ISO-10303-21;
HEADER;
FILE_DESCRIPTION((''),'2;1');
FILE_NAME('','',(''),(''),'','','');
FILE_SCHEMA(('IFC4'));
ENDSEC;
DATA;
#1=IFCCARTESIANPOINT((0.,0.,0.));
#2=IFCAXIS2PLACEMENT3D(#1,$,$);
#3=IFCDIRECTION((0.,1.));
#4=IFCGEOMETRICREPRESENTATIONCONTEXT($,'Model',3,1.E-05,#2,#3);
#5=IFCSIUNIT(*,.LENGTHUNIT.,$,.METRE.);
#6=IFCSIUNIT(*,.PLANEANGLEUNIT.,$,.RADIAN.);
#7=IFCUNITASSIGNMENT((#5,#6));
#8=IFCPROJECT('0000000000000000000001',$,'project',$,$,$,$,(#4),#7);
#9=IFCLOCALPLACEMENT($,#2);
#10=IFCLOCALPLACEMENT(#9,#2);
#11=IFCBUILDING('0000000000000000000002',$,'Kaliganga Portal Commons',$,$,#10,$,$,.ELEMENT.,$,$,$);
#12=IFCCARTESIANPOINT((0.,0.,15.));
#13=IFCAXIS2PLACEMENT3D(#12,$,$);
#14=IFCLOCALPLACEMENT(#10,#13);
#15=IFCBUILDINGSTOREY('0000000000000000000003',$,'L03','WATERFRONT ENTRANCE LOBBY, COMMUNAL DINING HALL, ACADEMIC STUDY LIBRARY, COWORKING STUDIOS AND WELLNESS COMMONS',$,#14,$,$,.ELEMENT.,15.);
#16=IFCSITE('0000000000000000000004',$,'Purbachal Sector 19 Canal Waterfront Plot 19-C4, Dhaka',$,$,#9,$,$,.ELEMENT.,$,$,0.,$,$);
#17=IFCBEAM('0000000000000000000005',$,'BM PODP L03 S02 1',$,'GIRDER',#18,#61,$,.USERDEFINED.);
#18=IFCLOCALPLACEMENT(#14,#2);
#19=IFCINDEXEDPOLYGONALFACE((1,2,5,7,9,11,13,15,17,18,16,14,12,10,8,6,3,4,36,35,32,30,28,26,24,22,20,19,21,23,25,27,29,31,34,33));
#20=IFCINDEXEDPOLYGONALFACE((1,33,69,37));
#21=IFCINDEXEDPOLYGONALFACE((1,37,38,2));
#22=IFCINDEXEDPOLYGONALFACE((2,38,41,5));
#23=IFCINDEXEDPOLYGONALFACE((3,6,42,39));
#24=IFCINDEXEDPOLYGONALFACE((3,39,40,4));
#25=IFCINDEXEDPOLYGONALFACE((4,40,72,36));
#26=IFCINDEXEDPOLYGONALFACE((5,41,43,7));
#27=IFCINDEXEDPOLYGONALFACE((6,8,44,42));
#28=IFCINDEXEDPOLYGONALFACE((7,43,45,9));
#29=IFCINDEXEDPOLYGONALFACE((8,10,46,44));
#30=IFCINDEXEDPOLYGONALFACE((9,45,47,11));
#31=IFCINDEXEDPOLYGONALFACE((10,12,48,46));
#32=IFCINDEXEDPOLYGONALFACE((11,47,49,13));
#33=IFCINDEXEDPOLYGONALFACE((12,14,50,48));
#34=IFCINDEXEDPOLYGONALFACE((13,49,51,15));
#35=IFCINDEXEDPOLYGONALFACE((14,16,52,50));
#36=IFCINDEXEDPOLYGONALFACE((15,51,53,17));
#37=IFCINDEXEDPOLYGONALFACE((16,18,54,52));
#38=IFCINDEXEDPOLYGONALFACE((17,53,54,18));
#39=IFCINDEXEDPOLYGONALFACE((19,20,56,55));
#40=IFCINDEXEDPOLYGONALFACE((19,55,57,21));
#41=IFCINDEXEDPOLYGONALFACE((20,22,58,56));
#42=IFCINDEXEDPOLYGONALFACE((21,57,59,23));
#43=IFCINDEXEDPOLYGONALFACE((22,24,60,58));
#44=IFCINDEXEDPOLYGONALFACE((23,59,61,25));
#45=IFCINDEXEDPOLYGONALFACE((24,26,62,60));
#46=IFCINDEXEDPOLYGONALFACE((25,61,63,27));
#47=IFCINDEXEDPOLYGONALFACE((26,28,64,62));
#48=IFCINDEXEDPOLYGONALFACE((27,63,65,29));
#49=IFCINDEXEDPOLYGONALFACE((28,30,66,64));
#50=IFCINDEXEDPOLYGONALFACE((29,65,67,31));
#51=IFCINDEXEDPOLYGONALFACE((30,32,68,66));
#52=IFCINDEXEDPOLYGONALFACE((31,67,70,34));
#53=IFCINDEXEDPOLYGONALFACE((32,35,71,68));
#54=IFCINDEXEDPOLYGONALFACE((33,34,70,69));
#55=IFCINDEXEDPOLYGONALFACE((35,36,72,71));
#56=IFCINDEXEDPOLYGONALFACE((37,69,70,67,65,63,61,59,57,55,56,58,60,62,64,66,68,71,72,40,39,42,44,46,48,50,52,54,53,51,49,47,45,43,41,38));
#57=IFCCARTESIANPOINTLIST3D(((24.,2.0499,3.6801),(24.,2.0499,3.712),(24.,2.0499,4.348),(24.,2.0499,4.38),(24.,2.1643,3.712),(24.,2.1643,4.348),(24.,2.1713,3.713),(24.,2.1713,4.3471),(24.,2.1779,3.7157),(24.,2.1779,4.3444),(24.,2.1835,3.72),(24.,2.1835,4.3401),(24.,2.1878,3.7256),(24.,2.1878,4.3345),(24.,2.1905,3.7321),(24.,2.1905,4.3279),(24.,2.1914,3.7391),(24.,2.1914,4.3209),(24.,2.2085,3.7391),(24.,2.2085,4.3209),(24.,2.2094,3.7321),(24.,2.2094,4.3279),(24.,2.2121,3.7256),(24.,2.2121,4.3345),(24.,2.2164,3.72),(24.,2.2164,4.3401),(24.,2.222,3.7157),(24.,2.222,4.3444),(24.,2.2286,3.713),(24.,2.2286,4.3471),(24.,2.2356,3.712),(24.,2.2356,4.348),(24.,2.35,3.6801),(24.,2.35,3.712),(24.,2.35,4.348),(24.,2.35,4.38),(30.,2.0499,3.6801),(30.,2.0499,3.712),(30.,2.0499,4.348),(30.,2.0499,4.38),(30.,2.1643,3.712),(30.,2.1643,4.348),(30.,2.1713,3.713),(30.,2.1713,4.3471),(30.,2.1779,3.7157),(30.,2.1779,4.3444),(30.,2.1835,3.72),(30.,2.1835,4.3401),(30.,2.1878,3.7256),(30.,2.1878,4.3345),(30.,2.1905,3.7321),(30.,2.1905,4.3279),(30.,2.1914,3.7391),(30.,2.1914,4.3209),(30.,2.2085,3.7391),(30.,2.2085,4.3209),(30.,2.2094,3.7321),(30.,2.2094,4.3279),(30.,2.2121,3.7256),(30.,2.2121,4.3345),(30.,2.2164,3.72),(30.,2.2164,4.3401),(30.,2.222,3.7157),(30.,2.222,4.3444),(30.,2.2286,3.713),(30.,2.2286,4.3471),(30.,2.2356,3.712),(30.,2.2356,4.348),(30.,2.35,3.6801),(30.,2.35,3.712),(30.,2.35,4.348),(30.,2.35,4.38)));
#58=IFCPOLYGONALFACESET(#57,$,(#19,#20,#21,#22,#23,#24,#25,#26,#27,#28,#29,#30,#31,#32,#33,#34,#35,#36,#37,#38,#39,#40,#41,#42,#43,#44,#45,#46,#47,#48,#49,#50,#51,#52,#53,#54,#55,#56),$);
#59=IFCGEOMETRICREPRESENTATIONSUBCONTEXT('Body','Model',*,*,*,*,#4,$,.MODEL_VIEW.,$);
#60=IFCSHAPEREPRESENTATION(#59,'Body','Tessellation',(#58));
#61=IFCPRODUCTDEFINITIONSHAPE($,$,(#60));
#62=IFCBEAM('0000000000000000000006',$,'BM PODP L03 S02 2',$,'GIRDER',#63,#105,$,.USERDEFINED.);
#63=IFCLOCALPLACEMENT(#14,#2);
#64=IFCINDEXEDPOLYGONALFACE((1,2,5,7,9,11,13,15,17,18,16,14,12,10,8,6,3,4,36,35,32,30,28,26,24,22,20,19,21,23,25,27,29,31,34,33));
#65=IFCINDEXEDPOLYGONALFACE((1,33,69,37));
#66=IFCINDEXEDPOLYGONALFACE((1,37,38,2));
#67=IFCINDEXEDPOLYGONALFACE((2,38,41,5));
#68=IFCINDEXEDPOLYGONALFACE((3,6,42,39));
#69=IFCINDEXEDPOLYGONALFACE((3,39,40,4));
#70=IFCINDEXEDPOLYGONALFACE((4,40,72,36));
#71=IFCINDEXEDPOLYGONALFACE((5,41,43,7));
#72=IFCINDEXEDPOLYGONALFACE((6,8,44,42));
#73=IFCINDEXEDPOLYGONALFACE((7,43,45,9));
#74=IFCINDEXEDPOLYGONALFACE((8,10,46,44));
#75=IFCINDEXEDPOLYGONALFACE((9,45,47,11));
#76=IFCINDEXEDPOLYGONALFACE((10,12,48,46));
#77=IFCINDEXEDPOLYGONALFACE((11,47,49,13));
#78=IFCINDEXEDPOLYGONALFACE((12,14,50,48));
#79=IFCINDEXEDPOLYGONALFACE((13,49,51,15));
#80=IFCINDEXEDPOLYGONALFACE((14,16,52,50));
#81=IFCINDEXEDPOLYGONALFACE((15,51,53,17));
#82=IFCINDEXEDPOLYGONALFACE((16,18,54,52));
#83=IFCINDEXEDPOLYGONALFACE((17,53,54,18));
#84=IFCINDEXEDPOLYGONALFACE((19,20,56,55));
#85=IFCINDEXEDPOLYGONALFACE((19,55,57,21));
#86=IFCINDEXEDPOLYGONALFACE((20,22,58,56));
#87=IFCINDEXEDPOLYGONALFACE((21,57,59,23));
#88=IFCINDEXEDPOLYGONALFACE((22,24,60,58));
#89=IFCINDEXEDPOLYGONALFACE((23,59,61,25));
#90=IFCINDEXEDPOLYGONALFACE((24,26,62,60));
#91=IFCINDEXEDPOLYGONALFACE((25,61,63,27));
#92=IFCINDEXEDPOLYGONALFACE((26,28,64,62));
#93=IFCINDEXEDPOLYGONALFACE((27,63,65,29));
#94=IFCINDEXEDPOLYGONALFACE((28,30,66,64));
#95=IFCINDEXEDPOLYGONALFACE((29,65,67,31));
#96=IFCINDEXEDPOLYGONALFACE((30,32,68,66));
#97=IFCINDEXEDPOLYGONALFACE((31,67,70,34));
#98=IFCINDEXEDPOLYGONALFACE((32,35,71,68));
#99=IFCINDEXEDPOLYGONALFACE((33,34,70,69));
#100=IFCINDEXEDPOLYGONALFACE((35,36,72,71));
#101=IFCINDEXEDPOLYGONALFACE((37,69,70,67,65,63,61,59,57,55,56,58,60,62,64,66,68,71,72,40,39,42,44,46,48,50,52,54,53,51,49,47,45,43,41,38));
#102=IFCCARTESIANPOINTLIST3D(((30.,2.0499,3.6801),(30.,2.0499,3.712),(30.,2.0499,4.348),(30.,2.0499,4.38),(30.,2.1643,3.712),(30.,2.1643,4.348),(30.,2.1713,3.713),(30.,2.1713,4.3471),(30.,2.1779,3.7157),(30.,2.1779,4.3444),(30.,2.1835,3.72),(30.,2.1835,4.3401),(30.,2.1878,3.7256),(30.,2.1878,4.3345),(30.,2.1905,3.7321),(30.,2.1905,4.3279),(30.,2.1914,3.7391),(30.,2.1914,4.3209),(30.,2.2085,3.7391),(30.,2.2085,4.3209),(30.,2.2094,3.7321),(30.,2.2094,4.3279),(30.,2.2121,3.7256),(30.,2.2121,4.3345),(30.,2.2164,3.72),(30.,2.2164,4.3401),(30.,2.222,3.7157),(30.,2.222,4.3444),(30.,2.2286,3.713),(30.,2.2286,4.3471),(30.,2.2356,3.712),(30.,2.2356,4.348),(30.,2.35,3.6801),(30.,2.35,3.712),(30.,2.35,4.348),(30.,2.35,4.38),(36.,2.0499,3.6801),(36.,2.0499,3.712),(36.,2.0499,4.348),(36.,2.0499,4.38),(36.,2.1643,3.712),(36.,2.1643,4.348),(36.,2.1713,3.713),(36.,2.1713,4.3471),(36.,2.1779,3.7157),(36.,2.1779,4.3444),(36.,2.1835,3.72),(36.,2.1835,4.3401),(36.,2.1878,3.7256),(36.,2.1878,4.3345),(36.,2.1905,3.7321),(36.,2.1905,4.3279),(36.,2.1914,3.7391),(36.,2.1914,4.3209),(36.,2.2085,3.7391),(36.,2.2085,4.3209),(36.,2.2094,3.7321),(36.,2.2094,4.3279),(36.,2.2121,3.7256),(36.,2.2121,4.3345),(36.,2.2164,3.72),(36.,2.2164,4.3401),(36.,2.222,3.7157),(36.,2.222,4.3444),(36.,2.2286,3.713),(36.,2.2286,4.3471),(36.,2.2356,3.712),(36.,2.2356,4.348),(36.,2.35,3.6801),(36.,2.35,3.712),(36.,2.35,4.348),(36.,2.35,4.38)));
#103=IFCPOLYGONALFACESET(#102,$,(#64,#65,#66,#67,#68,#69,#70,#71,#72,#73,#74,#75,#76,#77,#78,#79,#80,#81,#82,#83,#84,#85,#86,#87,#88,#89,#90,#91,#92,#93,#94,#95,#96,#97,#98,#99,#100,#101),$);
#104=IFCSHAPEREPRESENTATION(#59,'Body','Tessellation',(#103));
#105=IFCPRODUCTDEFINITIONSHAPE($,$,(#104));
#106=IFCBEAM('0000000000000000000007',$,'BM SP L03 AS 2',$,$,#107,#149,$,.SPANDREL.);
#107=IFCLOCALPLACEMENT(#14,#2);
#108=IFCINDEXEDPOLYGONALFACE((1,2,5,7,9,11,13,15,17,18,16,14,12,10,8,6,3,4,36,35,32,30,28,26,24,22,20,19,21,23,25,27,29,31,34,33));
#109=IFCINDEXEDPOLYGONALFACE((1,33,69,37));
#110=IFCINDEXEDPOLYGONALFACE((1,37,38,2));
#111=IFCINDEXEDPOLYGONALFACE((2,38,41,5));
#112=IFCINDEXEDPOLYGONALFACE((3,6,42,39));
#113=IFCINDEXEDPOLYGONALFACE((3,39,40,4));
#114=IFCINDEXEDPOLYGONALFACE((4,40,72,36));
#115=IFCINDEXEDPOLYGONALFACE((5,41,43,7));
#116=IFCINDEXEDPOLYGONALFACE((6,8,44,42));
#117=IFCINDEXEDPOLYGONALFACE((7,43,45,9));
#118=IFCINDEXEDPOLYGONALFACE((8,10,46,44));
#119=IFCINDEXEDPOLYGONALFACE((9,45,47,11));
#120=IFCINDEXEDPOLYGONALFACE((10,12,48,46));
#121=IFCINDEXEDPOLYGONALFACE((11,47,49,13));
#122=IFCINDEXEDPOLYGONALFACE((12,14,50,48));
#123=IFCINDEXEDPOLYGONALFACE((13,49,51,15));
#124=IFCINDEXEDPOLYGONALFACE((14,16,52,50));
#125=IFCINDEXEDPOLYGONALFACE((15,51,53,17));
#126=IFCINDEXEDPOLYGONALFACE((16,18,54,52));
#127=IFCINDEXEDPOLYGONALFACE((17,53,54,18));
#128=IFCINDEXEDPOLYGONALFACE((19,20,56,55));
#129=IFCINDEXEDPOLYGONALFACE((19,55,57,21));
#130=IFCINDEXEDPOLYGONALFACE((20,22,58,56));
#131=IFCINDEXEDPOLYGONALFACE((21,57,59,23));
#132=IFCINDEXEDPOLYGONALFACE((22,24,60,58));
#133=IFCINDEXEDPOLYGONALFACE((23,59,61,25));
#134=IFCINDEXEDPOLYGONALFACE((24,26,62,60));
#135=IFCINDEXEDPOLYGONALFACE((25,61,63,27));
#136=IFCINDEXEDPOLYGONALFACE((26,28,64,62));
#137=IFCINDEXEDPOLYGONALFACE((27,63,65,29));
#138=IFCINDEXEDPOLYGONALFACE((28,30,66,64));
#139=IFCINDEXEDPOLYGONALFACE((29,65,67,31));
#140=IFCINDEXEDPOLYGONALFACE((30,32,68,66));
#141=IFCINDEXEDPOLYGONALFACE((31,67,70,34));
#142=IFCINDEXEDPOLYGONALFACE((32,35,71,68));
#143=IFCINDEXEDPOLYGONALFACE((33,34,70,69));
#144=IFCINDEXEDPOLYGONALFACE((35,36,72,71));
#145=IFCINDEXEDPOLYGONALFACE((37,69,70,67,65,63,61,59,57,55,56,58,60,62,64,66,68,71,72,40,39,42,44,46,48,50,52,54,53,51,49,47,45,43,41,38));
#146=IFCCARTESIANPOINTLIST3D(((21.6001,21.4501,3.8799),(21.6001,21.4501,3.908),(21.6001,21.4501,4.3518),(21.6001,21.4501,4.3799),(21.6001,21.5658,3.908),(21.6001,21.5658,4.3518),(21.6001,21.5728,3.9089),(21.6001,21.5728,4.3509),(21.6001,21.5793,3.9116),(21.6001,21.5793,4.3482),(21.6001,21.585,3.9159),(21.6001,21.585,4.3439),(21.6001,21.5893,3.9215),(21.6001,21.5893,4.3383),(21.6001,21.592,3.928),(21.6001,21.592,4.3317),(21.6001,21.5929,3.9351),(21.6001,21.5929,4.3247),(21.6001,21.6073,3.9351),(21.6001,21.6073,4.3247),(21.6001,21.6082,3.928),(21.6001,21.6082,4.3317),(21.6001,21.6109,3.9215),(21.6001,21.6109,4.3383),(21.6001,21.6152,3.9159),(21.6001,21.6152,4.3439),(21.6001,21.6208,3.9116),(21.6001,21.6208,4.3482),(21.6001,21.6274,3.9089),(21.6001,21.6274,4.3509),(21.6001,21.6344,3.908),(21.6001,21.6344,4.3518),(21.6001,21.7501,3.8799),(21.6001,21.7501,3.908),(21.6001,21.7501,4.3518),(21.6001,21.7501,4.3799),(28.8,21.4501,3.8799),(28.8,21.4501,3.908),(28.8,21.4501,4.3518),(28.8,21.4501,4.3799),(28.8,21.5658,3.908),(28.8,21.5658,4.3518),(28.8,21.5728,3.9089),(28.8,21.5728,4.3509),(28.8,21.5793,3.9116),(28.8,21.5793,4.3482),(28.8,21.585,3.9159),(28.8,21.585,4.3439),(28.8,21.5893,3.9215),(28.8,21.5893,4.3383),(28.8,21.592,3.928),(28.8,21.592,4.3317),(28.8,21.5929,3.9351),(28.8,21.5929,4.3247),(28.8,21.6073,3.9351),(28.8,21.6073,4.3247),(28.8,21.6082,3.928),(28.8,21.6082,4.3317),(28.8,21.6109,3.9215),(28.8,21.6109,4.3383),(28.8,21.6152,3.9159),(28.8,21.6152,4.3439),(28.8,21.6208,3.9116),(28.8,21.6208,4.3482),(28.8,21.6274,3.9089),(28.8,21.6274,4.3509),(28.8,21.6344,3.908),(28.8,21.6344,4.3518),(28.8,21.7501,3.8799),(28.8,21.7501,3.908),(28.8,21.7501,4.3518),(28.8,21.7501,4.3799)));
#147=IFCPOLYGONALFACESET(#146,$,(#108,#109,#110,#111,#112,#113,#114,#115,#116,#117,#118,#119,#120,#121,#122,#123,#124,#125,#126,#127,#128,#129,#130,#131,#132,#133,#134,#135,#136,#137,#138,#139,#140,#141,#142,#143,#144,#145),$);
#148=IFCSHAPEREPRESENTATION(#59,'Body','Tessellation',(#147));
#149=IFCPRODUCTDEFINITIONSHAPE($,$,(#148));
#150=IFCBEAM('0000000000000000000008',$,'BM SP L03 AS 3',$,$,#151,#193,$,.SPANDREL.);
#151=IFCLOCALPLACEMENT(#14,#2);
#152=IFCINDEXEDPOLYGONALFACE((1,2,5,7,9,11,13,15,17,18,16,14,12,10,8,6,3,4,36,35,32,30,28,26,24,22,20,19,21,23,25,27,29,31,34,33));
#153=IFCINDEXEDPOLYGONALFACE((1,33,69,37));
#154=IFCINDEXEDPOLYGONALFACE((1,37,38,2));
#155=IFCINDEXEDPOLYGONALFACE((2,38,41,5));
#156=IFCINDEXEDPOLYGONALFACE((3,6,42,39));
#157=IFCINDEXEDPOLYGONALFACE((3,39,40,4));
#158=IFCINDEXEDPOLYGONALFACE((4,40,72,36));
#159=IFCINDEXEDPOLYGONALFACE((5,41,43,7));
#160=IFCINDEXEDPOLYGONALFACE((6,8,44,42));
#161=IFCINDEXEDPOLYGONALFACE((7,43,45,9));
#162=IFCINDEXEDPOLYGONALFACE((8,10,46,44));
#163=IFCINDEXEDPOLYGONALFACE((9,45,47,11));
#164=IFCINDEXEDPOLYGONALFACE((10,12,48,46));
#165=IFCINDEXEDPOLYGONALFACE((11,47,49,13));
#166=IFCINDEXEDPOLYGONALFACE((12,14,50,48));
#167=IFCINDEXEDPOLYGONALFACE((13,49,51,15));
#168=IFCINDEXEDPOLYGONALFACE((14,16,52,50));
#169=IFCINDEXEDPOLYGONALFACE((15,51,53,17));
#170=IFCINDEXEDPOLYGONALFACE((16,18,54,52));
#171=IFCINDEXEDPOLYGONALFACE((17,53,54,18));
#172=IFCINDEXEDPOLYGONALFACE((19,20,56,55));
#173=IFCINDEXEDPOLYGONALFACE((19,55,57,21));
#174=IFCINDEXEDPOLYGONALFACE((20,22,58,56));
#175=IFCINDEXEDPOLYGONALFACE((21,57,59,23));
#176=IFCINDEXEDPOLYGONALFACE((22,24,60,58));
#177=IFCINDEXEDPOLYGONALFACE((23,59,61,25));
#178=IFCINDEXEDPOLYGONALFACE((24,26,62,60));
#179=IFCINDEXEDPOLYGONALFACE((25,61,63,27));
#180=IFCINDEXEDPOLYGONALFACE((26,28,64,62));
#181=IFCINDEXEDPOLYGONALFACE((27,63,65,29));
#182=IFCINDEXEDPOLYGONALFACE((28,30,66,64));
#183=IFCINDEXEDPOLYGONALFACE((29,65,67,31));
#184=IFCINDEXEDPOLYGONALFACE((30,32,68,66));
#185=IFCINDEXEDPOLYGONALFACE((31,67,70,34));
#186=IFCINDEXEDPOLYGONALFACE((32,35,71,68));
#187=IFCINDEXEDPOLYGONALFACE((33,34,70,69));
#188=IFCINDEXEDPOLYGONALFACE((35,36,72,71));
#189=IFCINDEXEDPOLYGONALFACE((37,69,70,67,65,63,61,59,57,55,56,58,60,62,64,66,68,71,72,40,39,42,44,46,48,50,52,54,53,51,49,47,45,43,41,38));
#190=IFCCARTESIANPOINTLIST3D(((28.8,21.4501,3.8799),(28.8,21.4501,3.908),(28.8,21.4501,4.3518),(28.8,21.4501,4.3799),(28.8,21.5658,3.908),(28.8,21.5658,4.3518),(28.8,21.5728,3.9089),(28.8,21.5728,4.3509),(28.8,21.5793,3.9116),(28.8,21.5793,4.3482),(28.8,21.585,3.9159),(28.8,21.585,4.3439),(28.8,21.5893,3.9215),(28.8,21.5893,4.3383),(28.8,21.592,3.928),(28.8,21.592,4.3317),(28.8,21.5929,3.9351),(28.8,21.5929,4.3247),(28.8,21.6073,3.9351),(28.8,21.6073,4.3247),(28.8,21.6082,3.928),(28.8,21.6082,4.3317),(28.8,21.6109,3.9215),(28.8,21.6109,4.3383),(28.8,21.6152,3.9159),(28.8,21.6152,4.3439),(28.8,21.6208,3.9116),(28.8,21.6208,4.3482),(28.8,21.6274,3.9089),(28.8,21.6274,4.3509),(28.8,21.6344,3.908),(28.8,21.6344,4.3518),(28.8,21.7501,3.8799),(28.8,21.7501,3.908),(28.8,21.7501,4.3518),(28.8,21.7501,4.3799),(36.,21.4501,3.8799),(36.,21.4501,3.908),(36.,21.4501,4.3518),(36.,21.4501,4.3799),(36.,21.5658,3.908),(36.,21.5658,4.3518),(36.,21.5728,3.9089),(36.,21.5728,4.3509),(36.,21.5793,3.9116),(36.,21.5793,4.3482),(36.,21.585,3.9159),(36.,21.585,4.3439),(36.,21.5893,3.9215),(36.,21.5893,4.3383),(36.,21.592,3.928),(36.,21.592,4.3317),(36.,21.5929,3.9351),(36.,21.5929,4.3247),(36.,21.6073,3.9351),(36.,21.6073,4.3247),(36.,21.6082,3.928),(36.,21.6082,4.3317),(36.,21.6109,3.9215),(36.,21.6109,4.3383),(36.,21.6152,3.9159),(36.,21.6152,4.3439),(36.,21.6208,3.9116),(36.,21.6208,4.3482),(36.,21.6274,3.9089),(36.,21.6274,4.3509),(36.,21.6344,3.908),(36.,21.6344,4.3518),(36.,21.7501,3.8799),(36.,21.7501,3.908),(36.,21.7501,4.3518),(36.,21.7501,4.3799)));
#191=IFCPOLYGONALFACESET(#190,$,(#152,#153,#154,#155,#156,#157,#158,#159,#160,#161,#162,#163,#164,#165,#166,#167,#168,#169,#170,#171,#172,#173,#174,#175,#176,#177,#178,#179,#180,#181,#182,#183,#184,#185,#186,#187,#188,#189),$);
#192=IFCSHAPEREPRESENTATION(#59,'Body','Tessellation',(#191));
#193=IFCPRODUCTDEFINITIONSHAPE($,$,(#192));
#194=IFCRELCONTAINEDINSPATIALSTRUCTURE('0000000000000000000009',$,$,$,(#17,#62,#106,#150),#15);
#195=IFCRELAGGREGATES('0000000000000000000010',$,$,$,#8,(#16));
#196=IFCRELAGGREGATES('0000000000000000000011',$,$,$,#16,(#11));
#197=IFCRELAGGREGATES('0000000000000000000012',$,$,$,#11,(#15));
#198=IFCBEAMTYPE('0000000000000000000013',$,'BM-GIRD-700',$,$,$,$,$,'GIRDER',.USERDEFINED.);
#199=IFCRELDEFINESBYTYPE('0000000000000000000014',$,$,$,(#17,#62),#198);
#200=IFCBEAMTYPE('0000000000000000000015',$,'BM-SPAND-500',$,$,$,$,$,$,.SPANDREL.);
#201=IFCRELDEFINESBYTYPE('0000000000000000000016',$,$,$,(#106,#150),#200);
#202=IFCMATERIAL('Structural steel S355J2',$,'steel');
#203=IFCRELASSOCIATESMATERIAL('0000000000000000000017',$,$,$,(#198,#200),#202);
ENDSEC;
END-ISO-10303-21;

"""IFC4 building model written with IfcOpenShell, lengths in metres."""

from ifc_helpers import new_model, si_unit, direction, frame, origin, origin_2d, place, context, subcontext, project, spatial, i_section, extrude, source, transform, mapped, material, material_profile, profile_set, type_object, element, save


model = new_model("IFC4")

# Units and contexts
model_context = context("Model", 3, precision=1e-05, world=origin(), true_north=direction((0.0, 1.0)))
body_context = subcontext(model_context, "Body", "Model", "MODEL_VIEW")
ifc_project = project(units=[si_unit("LENGTHUNIT", "METRE"), si_unit("PLANEANGLEUNIT", "RADIAN")], contexts=[model_context])

# Site, building, storey
site_placement = place(None, origin())
site = spatial("IfcSite", under=ifc_project, at=site_placement, Name="Purbachal Sector 19 Canal Waterfront Plot 19-C4, Dhaka", CompositionType="ELEMENT", RefElevation=0.0)
building_placement = place(site_placement, origin())
building = spatial("IfcBuilding", under=site, at=building_placement, Name="Kaliganga Portal Commons", CompositionType="ELEMENT")
storey_placement = place(building_placement, frame((0.0, 0.0, 15.0)))
storey = spatial("IfcBuildingStorey", under=building, at=storey_placement, Name="L03", Description="WATERFRONT ENTRANCE LOBBY, COMMUNAL DINING HALL, ACADEMIC STUDY LIBRARY, COWORKING STUDIOS AND WELLNESS COMMONS", CompositionType="ELEMENT", Elevation=15.0)

# Beams
ifc_material_1 = material(Name="Structural steel S355J2", Category="steel")
ifc_material_profile_1 = material_profile(ifc_material_1, i_section(OverallWidth=0.3, OverallDepth=0.7, WebThickness=0.0171, FlangeThickness=0.032, FilletRadius=0.0271, at=origin_2d()), Name="HE 700 B")
ifc_profile_set_1 = profile_set([ifc_material_profile_1], Name="Structural steel S355J2 wide-flange")
beam_type_1 = type_object("IfcBeamType", Name="BM-GIRD-700", ElementType="GIRDER", PredefinedType="USERDEFINED", material=ifc_profile_set_1)
shared_shape_1 = source(origin(), body_context, "Body", "SweptSolid", [
    extrude(i_section(OverallWidth=0.3, OverallDepth=0.7, WebThickness=0.0171, FlangeThickness=0.032, FilletRadius=0.0271, at=origin_2d()), origin(), (0.0, 0.0, 1.0), 6.0),
])
for number, where, z_axis, x_axis, name in (
    (1, (24.0, 2.2, 4.03), (1.0, 0.0, 0.0), (0.0, 1.0, 0.0), "BM PODP L03 S02 1"),
    (2, (30.0, 2.2, 4.03), (1.0, 0.0, 0.0), (0.0, 1.0, 0.0), "BM PODP L03 S02 2"),
):
    element("IfcBeam", number, at=place(storey_placement, frame(where, z_axis=z_axis, x_axis=x_axis)), inside=storey, type_object=beam_type_1, Name=name, ObjectType="GIRDER", PredefinedType="USERDEFINED", context=body_context, shape_type="MappedRepresentation", body=[
        mapped(shared_shape_1, transform((0.0, 0.0, 0.0), x_axis=(1.0, 0.0, 0.0), y_axis=(0.0, 1.0, 0.0), z_axis=(0.0, 0.0, 1.0), scale=1.0)),
    ])
ifc_material_profile_2 = material_profile(ifc_material_1, i_section(OverallWidth=0.3, OverallDepth=0.5, WebThickness=0.0144, FlangeThickness=0.0281, FilletRadius=0.0271, at=origin_2d()), Name="HE 500 B")
ifc_profile_set_2 = profile_set([ifc_material_profile_2], Name="Structural steel S355J2 wide-flange")
beam_type_2 = type_object("IfcBeamType", Name="BM-SPAND-500", PredefinedType="SPANDREL", material=ifc_profile_set_2)
shared_shape_2 = source(origin(), body_context, "Body", "SweptSolid", [
    extrude(i_section(OverallWidth=0.3, OverallDepth=0.5, WebThickness=0.0144, FlangeThickness=0.0281, FilletRadius=0.0271, at=origin_2d()), origin(), (0.0, 0.0, 1.0), 7.2),
])
for number, where, z_axis, x_axis, name in (
    (3, (21.6001, 21.6001, 4.1299), (1.0, 0.0, 0.0), (0.0, 1.0, 0.0), "BM SP L03 AS 2"),
    (4, (28.8, 21.6001, 4.1299), (1.0, 0.0, 0.0), (0.0, 1.0, 0.0), "BM SP L03 AS 3"),
):
    element("IfcBeam", number, at=place(storey_placement, frame(where, z_axis=z_axis, x_axis=x_axis)), inside=storey, type_object=beam_type_2, Name=name, PredefinedType="SPANDREL", context=body_context, shape_type="MappedRepresentation", body=[
        mapped(shared_shape_2, transform((0.0, 0.0, 0.0), x_axis=(1.0, 0.0, 0.0), y_axis=(0.0, 1.0, 0.0), z_axis=(0.0, 0.0, 1.0), scale=1.0)),
    ])

save(model, "model.ifc")
